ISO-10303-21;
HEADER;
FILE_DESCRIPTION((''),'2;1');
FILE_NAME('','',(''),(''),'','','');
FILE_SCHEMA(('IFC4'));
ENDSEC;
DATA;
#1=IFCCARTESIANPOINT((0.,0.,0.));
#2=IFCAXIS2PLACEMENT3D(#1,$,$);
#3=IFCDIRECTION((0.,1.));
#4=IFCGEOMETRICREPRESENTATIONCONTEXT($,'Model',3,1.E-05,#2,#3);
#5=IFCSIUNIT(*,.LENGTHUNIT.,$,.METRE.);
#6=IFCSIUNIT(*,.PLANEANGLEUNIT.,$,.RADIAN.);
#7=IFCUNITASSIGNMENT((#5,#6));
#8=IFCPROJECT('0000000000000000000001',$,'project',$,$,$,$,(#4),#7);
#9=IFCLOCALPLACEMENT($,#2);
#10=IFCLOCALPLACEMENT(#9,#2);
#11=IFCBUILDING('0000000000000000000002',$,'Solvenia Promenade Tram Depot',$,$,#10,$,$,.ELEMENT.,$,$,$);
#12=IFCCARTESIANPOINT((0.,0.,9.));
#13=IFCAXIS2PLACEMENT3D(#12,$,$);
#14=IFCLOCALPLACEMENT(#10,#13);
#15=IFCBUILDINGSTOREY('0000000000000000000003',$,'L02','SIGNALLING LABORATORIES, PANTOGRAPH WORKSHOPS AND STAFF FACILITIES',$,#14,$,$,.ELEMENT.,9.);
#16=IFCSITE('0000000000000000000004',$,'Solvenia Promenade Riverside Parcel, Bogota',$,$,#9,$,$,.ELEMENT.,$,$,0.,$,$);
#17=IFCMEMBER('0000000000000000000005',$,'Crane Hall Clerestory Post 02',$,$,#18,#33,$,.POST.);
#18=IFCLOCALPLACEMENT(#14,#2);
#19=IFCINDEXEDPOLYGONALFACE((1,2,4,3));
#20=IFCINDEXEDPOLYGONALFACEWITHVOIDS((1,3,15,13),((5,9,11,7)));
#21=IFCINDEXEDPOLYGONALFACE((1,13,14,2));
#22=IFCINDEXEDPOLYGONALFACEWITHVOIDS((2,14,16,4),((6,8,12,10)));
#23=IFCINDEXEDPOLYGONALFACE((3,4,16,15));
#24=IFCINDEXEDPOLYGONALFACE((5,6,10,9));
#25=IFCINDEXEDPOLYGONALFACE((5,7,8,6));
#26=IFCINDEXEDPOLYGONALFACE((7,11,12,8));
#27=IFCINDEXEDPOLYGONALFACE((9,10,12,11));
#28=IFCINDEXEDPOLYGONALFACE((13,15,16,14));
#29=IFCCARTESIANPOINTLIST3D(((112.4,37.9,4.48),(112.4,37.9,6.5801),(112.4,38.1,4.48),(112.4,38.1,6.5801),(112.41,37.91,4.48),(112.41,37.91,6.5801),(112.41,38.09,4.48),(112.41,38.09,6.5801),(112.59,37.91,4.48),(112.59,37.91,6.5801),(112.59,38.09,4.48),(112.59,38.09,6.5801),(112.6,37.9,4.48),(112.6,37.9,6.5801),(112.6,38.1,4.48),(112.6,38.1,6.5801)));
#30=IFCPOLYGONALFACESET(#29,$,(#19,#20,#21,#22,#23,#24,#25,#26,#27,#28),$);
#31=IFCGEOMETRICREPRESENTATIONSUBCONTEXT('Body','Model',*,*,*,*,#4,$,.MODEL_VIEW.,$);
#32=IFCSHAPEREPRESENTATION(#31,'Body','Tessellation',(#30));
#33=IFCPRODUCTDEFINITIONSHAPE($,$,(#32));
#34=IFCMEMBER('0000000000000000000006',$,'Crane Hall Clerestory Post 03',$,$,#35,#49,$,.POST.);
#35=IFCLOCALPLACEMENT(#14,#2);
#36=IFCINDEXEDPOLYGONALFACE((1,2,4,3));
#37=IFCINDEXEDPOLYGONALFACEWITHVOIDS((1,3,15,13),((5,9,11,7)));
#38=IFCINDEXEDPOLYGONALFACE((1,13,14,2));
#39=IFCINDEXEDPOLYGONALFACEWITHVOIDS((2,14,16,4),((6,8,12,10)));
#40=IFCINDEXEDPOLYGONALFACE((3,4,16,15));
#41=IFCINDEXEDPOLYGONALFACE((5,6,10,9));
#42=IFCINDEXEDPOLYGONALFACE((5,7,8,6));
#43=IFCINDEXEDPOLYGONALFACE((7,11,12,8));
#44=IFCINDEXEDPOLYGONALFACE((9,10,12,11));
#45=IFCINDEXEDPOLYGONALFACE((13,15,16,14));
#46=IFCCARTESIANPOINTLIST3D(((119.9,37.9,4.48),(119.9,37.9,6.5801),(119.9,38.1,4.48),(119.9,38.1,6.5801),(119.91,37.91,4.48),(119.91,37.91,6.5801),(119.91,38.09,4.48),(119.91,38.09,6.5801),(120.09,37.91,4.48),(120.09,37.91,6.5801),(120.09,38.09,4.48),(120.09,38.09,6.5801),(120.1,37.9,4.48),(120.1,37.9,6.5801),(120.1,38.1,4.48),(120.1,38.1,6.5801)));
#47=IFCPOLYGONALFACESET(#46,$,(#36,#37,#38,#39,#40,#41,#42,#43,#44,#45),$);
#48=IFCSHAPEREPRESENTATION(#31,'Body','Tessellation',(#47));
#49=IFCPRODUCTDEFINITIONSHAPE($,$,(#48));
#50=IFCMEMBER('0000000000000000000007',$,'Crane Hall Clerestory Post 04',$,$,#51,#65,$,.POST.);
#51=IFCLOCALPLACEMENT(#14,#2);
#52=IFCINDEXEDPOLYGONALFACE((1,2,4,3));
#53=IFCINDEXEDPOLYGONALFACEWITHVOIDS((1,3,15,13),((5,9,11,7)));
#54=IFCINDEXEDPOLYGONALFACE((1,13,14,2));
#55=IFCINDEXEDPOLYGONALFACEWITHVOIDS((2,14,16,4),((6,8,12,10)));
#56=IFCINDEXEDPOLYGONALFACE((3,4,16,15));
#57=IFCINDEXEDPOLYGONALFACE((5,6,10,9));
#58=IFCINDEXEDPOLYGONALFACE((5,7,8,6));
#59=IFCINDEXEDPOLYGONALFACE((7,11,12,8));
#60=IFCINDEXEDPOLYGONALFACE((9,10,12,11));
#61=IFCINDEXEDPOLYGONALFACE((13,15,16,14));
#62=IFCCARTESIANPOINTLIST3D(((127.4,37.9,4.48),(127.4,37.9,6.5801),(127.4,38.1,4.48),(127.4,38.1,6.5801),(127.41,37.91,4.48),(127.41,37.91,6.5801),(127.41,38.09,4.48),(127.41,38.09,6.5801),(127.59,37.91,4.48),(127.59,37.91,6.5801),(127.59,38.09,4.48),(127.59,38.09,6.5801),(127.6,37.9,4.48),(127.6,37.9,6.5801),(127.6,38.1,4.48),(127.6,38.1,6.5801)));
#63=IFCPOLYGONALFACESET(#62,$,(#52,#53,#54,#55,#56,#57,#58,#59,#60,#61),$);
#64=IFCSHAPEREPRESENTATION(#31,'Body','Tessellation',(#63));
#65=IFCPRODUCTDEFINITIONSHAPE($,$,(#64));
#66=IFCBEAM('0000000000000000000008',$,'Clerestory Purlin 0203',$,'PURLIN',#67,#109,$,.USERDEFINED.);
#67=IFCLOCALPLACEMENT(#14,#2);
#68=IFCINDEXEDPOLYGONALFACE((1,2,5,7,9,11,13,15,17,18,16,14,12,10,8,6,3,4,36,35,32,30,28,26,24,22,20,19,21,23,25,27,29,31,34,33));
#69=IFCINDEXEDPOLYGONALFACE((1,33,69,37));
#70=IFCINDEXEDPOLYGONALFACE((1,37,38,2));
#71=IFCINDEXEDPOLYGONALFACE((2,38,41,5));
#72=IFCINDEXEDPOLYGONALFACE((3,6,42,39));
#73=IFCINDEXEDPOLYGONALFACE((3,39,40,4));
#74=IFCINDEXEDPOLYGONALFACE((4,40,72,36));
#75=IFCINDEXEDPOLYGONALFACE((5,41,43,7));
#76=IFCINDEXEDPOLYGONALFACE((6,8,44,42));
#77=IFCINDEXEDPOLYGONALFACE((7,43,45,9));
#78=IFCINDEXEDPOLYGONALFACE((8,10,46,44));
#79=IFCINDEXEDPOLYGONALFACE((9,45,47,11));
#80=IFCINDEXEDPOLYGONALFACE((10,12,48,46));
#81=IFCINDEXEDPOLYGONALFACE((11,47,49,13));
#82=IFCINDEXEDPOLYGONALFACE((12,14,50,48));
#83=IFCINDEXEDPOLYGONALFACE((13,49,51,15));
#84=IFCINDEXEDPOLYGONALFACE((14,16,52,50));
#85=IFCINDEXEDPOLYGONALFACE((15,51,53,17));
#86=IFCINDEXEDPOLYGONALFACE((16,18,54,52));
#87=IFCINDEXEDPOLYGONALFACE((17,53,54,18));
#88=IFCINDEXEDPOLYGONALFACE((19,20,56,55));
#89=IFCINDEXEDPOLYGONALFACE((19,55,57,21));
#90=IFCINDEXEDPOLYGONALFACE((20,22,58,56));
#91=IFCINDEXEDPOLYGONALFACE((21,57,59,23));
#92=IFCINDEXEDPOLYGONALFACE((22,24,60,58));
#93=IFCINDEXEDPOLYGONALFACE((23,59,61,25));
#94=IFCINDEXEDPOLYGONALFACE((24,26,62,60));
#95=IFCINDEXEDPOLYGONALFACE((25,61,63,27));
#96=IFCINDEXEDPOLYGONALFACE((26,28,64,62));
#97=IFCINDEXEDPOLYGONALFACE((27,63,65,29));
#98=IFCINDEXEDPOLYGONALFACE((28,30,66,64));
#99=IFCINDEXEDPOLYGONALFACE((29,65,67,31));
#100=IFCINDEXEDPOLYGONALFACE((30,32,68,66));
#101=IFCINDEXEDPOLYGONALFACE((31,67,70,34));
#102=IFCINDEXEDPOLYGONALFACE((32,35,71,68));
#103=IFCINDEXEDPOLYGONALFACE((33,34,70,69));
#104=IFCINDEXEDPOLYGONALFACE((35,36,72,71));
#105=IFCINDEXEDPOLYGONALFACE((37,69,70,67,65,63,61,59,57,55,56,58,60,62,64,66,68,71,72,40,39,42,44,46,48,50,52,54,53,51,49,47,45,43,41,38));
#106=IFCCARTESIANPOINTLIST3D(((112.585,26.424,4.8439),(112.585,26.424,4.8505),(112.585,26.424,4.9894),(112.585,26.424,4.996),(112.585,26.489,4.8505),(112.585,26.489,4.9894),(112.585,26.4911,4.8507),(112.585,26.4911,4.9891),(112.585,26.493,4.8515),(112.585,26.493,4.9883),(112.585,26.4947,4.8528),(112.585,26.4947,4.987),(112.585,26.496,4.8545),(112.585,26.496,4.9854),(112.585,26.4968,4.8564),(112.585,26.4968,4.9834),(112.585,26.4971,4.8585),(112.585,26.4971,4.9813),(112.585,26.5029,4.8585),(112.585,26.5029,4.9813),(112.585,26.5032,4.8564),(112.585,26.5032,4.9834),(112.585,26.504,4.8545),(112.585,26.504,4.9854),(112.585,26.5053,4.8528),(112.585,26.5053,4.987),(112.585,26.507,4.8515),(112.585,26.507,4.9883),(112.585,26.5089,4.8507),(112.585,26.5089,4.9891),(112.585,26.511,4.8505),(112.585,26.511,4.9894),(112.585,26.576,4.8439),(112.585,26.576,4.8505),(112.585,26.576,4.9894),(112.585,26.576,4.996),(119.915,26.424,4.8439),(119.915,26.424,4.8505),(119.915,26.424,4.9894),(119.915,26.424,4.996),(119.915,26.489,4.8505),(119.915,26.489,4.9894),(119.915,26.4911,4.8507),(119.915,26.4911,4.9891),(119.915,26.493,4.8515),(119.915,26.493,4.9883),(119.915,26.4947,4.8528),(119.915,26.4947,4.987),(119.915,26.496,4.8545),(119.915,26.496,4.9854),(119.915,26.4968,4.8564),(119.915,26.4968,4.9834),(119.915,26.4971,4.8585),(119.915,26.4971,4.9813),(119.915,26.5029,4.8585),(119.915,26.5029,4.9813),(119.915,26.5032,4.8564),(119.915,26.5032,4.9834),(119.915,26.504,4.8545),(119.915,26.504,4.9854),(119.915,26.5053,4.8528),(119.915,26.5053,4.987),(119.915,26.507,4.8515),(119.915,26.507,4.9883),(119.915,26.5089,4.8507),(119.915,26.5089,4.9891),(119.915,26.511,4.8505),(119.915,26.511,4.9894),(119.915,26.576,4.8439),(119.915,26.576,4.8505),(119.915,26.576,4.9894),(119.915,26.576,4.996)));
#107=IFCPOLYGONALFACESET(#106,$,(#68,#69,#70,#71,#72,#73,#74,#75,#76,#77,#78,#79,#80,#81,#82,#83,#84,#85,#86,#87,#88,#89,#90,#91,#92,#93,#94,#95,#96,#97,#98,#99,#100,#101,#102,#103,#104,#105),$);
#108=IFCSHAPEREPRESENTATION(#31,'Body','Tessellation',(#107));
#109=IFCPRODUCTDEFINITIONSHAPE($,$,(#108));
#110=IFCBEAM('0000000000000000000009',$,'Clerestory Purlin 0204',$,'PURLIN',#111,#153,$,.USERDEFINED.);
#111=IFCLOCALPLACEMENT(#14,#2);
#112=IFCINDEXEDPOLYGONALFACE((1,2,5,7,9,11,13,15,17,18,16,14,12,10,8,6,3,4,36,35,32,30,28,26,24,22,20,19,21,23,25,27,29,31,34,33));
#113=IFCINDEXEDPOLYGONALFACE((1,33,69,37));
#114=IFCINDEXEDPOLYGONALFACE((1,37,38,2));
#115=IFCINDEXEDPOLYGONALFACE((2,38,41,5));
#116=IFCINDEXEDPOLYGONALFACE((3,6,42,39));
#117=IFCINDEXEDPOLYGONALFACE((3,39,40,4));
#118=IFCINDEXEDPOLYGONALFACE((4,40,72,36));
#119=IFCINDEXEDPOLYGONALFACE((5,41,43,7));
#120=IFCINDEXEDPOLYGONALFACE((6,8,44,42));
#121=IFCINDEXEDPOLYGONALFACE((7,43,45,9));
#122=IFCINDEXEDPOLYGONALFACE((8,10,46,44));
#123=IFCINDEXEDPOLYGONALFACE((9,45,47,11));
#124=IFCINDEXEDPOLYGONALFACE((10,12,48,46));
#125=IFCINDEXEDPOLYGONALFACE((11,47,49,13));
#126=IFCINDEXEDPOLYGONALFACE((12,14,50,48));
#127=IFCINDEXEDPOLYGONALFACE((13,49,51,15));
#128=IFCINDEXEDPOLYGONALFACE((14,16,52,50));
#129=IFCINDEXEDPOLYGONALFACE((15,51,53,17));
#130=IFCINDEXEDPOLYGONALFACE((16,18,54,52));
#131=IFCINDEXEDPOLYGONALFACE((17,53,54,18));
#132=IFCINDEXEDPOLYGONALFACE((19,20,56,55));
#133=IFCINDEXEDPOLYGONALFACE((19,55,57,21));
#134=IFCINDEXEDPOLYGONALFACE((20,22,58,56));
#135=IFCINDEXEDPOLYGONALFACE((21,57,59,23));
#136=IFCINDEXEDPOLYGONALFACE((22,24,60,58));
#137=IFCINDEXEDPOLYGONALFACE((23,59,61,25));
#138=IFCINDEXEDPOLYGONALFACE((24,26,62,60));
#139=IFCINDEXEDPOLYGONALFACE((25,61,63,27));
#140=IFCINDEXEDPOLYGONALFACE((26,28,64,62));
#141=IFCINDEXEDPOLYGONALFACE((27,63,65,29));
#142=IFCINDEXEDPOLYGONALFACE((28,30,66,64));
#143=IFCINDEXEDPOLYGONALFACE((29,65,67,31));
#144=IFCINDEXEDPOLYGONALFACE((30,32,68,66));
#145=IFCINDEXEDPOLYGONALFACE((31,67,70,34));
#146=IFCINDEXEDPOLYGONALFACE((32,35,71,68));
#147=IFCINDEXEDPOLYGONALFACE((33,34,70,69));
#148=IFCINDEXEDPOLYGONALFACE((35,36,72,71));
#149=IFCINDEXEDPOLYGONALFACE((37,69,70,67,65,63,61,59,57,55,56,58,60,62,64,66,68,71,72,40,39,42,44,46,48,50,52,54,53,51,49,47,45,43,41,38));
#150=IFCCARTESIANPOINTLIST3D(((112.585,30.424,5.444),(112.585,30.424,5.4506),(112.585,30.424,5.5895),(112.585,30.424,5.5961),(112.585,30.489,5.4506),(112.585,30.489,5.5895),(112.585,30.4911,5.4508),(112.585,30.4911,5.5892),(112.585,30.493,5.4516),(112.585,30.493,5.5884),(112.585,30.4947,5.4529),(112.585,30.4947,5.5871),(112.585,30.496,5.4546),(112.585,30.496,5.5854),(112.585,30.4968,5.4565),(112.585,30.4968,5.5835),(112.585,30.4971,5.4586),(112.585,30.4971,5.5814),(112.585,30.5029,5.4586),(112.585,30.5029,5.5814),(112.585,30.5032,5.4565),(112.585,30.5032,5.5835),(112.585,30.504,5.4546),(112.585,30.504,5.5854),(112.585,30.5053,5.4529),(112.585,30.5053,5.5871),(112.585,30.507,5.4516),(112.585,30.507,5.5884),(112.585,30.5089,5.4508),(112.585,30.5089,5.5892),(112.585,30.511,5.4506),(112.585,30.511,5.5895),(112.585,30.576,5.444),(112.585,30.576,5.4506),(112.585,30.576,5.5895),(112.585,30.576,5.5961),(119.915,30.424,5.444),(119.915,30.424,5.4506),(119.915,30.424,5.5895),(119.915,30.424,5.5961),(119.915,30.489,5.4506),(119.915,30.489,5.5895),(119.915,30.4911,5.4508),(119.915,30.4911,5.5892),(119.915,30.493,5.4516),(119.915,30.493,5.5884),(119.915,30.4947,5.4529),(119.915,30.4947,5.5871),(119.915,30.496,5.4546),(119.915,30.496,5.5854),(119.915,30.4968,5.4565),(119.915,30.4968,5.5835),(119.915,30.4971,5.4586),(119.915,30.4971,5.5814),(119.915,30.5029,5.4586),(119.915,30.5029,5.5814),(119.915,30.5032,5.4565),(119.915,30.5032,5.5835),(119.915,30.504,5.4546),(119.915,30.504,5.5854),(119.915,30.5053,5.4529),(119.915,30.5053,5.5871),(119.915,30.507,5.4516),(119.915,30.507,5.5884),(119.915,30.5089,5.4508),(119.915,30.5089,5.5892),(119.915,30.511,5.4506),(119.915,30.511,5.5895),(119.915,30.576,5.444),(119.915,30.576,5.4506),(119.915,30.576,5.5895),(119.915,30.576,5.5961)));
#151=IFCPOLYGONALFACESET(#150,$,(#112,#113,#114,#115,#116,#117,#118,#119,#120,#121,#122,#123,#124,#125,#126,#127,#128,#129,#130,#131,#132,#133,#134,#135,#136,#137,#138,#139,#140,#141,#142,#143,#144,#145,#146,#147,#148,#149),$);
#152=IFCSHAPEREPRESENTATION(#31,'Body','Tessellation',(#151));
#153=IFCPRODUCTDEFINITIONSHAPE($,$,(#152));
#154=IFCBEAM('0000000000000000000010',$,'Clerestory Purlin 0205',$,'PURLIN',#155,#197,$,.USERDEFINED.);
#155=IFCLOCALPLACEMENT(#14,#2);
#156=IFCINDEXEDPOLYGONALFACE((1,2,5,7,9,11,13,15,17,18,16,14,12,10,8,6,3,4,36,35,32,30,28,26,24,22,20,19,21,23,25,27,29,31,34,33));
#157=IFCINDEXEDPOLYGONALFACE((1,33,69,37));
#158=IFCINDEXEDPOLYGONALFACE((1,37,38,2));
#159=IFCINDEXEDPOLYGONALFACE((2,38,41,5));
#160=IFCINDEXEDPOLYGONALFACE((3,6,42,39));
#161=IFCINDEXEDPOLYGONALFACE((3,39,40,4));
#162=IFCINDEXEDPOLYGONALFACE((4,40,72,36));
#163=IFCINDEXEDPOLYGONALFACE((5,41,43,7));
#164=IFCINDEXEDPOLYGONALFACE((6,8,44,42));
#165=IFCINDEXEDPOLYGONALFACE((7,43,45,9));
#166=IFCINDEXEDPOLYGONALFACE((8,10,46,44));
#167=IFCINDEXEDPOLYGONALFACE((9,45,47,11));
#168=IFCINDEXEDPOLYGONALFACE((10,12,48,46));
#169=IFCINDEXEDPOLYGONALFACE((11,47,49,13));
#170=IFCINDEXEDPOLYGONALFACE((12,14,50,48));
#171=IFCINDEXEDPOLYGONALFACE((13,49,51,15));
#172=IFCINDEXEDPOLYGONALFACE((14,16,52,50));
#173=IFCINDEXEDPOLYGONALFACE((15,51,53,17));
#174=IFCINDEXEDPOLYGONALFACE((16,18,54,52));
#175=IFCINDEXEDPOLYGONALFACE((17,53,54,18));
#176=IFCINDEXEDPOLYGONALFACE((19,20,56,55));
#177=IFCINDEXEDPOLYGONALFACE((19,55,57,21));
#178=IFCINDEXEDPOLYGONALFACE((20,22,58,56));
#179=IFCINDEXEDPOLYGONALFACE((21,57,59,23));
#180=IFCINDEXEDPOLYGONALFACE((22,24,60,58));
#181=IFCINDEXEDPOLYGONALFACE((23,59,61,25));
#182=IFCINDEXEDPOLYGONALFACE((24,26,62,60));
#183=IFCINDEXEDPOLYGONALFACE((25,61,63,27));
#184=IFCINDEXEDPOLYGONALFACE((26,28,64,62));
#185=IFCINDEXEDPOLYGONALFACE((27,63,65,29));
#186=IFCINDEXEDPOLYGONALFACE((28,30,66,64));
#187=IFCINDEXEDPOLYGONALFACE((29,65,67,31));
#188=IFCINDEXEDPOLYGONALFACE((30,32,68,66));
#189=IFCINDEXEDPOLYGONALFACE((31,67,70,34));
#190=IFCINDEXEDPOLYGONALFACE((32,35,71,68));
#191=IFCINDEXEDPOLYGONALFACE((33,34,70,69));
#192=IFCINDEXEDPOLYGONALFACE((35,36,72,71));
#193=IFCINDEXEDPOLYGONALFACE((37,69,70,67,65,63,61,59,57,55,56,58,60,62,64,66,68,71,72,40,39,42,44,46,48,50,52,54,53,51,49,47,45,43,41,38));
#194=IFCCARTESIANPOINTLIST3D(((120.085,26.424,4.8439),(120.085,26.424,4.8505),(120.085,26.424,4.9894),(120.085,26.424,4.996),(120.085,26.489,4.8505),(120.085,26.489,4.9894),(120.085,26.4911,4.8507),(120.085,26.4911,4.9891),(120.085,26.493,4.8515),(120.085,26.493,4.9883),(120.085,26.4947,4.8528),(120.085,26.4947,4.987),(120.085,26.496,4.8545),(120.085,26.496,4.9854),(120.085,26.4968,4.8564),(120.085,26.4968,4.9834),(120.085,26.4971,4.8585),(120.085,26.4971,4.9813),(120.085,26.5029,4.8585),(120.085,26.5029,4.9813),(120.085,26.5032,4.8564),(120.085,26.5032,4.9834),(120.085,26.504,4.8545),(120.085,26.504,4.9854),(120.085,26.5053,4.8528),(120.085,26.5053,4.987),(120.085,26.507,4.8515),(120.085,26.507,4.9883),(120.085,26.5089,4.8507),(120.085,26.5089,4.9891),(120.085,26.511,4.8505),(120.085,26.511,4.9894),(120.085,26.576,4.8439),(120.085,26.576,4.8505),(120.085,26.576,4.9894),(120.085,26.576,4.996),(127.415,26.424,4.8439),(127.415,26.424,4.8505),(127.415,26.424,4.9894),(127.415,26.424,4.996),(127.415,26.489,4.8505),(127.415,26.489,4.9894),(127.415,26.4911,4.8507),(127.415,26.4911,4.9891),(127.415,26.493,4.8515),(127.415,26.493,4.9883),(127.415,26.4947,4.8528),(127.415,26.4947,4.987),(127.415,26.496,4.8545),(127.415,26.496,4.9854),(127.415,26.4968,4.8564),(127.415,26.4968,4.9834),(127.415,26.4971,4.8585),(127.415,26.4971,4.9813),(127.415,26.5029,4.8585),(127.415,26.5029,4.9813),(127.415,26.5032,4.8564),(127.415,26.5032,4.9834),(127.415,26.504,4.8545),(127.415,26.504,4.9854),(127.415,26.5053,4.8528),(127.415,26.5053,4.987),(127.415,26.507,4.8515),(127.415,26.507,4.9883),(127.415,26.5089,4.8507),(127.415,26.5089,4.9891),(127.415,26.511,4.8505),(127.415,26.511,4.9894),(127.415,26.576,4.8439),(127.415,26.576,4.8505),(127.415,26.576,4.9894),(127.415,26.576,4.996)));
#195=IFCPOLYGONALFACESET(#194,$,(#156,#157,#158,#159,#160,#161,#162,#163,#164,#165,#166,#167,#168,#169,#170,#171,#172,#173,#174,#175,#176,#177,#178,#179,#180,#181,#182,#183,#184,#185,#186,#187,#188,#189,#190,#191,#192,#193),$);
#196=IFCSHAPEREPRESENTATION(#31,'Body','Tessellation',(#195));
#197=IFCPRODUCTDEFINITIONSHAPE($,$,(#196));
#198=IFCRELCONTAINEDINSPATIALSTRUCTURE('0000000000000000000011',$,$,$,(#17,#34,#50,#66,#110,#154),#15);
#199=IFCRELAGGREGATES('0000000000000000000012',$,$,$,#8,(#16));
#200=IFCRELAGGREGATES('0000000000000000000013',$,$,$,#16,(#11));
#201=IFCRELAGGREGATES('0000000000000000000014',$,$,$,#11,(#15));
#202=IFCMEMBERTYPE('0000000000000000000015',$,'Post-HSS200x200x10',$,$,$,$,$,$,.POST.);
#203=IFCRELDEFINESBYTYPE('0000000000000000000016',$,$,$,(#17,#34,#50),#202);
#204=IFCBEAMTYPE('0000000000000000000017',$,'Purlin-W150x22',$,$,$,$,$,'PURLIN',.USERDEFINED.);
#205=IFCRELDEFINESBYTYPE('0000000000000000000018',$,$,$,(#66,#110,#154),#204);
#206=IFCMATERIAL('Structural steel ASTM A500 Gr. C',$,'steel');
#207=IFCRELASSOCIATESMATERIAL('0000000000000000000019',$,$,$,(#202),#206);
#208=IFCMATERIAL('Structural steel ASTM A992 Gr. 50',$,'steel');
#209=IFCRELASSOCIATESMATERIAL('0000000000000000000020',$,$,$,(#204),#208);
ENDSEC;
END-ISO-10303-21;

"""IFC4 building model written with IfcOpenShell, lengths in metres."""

from ifc_helpers import new_model, si_unit, direction, frame, origin, origin_2d, place, context, subcontext, project, spatial, hollow_rectangle, i_section, extrude, material, material_profile, profile_set, type_object, element, save


model = new_model("IFC4")

# Units and contexts
model_context = context("Model", 3, precision=1e-05, world=origin(), true_north=direction((0.0, 1.0)))
body_context = subcontext(model_context, "Body", "Model", "MODEL_VIEW")
ifc_project = project(units=[si_unit("LENGTHUNIT", "METRE"), si_unit("PLANEANGLEUNIT", "RADIAN")], contexts=[model_context])

# Site, building, storey
site_placement = place(None, origin())
site = spatial("IfcSite", under=ifc_project, at=site_placement, Name="Solvenia Promenade Riverside Parcel, Bogota", CompositionType="ELEMENT", RefElevation=0.0)
building_placement = place(site_placement, origin())
building = spatial("IfcBuilding", under=site, at=building_placement, Name="Solvenia Promenade Tram Depot", CompositionType="ELEMENT")
storey_placement = place(building_placement, frame((0.0, 0.0, 9.0)))
storey = spatial("IfcBuildingStorey", under=building, at=storey_placement, Name="L02", Description="SIGNALLING LABORATORIES, PANTOGRAPH WORKSHOPS AND STAFF FACILITIES", CompositionType="ELEMENT", Elevation=9.0)

# Shared definitions
ifc_material_1 = material(Name="Structural steel ASTM A992 Gr. 50", Category="steel")

# Shared definitions
ifc_material_2 = material(Name="Structural steel ASTM A500 Gr. C", Category="steel")

# Members
ifc_material_profile_1 = material_profile(ifc_material_2, hollow_rectangle(XDim=0.2, YDim=0.2, WallThickness=0.01, at=origin_2d()), Name="HSS200x200x10", Category="steel")
ifc_profile_set_1 = profile_set([ifc_material_profile_1], Name="Structural steel ASTM A500 Gr. C")
member_type_1 = type_object("IfcMemberType", Name="Post-HSS200x200x10", PredefinedType="POST", material=ifc_profile_set_1)
for number, where, z_axis, x_axis, name in (
    (1, (112.5, 38.0, 4.48), (0.0, 0.0, 1.0), (1.0, 0.0, 0.0), "Crane Hall Clerestory Post 02"),
    (2, (120.0, 38.0, 4.48), (0.0, 0.0, 1.0), (1.0, 0.0, 0.0), "Crane Hall Clerestory Post 03"),
    (3, (127.5, 38.0, 4.48), (0.0, 0.0, 1.0), (1.0, 0.0, 0.0), "Crane Hall Clerestory Post 04"),
):
    element("IfcMember", number, at=place(storey_placement, frame(where, z_axis=z_axis, x_axis=x_axis)), inside=storey, type_object=member_type_1, Name=name, PredefinedType="POST", context=body_context, shape_type="SweptSolid", body=[
        extrude(hollow_rectangle(XDim=0.2, YDim=0.2, WallThickness=0.01, at=origin_2d()), origin(), (0.0, 0.0, 1.0), 2.1001),
    ])

# Beams
ifc_material_profile_2 = material_profile(ifc_material_1, i_section(OverallWidth=0.1521, OverallDepth=0.1521, WebThickness=0.0059, FlangeThickness=0.0066, FilletRadius=0.0081, at=origin_2d()), Name="W150x22", Category="steel")
ifc_profile_set_2 = profile_set([ifc_material_profile_2], Name="Structural steel ASTM A992 Gr. 50")
beam_type_1 = type_object("IfcBeamType", Name="Purlin-W150x22", ElementType="PURLIN", PredefinedType="USERDEFINED", material=ifc_profile_set_2)
for number, where, z_axis, x_axis, name in (
    (4, (112.585, 26.5, 4.9199), (1.0, 0.0, 0.0), (0.0, 1.0, 0.0), "Clerestory Purlin 0203"),
    (5, (112.585, 30.5, 5.52), (1.0, 0.0, 0.0), (0.0, 1.0, 0.0), "Clerestory Purlin 0204"),
    (6, (120.085, 26.5, 4.9199), (1.0, 0.0, 0.0), (0.0, 1.0, 0.0), "Clerestory Purlin 0205"),
):
    element("IfcBeam", number, at=place(storey_placement, frame(where, z_axis=z_axis, x_axis=x_axis)), inside=storey, type_object=beam_type_1, Name=name, ObjectType="PURLIN", PredefinedType="USERDEFINED", context=body_context, shape_type="SweptSolid", body=[
        extrude(i_section(OverallWidth=0.1521, OverallDepth=0.1521, WebThickness=0.0059, FlangeThickness=0.0066, FilletRadius=0.0081, at=origin_2d()), origin(), (0.0, 0.0, 1.0), 7.3301),
    ])

save(model, "model.ifc")
